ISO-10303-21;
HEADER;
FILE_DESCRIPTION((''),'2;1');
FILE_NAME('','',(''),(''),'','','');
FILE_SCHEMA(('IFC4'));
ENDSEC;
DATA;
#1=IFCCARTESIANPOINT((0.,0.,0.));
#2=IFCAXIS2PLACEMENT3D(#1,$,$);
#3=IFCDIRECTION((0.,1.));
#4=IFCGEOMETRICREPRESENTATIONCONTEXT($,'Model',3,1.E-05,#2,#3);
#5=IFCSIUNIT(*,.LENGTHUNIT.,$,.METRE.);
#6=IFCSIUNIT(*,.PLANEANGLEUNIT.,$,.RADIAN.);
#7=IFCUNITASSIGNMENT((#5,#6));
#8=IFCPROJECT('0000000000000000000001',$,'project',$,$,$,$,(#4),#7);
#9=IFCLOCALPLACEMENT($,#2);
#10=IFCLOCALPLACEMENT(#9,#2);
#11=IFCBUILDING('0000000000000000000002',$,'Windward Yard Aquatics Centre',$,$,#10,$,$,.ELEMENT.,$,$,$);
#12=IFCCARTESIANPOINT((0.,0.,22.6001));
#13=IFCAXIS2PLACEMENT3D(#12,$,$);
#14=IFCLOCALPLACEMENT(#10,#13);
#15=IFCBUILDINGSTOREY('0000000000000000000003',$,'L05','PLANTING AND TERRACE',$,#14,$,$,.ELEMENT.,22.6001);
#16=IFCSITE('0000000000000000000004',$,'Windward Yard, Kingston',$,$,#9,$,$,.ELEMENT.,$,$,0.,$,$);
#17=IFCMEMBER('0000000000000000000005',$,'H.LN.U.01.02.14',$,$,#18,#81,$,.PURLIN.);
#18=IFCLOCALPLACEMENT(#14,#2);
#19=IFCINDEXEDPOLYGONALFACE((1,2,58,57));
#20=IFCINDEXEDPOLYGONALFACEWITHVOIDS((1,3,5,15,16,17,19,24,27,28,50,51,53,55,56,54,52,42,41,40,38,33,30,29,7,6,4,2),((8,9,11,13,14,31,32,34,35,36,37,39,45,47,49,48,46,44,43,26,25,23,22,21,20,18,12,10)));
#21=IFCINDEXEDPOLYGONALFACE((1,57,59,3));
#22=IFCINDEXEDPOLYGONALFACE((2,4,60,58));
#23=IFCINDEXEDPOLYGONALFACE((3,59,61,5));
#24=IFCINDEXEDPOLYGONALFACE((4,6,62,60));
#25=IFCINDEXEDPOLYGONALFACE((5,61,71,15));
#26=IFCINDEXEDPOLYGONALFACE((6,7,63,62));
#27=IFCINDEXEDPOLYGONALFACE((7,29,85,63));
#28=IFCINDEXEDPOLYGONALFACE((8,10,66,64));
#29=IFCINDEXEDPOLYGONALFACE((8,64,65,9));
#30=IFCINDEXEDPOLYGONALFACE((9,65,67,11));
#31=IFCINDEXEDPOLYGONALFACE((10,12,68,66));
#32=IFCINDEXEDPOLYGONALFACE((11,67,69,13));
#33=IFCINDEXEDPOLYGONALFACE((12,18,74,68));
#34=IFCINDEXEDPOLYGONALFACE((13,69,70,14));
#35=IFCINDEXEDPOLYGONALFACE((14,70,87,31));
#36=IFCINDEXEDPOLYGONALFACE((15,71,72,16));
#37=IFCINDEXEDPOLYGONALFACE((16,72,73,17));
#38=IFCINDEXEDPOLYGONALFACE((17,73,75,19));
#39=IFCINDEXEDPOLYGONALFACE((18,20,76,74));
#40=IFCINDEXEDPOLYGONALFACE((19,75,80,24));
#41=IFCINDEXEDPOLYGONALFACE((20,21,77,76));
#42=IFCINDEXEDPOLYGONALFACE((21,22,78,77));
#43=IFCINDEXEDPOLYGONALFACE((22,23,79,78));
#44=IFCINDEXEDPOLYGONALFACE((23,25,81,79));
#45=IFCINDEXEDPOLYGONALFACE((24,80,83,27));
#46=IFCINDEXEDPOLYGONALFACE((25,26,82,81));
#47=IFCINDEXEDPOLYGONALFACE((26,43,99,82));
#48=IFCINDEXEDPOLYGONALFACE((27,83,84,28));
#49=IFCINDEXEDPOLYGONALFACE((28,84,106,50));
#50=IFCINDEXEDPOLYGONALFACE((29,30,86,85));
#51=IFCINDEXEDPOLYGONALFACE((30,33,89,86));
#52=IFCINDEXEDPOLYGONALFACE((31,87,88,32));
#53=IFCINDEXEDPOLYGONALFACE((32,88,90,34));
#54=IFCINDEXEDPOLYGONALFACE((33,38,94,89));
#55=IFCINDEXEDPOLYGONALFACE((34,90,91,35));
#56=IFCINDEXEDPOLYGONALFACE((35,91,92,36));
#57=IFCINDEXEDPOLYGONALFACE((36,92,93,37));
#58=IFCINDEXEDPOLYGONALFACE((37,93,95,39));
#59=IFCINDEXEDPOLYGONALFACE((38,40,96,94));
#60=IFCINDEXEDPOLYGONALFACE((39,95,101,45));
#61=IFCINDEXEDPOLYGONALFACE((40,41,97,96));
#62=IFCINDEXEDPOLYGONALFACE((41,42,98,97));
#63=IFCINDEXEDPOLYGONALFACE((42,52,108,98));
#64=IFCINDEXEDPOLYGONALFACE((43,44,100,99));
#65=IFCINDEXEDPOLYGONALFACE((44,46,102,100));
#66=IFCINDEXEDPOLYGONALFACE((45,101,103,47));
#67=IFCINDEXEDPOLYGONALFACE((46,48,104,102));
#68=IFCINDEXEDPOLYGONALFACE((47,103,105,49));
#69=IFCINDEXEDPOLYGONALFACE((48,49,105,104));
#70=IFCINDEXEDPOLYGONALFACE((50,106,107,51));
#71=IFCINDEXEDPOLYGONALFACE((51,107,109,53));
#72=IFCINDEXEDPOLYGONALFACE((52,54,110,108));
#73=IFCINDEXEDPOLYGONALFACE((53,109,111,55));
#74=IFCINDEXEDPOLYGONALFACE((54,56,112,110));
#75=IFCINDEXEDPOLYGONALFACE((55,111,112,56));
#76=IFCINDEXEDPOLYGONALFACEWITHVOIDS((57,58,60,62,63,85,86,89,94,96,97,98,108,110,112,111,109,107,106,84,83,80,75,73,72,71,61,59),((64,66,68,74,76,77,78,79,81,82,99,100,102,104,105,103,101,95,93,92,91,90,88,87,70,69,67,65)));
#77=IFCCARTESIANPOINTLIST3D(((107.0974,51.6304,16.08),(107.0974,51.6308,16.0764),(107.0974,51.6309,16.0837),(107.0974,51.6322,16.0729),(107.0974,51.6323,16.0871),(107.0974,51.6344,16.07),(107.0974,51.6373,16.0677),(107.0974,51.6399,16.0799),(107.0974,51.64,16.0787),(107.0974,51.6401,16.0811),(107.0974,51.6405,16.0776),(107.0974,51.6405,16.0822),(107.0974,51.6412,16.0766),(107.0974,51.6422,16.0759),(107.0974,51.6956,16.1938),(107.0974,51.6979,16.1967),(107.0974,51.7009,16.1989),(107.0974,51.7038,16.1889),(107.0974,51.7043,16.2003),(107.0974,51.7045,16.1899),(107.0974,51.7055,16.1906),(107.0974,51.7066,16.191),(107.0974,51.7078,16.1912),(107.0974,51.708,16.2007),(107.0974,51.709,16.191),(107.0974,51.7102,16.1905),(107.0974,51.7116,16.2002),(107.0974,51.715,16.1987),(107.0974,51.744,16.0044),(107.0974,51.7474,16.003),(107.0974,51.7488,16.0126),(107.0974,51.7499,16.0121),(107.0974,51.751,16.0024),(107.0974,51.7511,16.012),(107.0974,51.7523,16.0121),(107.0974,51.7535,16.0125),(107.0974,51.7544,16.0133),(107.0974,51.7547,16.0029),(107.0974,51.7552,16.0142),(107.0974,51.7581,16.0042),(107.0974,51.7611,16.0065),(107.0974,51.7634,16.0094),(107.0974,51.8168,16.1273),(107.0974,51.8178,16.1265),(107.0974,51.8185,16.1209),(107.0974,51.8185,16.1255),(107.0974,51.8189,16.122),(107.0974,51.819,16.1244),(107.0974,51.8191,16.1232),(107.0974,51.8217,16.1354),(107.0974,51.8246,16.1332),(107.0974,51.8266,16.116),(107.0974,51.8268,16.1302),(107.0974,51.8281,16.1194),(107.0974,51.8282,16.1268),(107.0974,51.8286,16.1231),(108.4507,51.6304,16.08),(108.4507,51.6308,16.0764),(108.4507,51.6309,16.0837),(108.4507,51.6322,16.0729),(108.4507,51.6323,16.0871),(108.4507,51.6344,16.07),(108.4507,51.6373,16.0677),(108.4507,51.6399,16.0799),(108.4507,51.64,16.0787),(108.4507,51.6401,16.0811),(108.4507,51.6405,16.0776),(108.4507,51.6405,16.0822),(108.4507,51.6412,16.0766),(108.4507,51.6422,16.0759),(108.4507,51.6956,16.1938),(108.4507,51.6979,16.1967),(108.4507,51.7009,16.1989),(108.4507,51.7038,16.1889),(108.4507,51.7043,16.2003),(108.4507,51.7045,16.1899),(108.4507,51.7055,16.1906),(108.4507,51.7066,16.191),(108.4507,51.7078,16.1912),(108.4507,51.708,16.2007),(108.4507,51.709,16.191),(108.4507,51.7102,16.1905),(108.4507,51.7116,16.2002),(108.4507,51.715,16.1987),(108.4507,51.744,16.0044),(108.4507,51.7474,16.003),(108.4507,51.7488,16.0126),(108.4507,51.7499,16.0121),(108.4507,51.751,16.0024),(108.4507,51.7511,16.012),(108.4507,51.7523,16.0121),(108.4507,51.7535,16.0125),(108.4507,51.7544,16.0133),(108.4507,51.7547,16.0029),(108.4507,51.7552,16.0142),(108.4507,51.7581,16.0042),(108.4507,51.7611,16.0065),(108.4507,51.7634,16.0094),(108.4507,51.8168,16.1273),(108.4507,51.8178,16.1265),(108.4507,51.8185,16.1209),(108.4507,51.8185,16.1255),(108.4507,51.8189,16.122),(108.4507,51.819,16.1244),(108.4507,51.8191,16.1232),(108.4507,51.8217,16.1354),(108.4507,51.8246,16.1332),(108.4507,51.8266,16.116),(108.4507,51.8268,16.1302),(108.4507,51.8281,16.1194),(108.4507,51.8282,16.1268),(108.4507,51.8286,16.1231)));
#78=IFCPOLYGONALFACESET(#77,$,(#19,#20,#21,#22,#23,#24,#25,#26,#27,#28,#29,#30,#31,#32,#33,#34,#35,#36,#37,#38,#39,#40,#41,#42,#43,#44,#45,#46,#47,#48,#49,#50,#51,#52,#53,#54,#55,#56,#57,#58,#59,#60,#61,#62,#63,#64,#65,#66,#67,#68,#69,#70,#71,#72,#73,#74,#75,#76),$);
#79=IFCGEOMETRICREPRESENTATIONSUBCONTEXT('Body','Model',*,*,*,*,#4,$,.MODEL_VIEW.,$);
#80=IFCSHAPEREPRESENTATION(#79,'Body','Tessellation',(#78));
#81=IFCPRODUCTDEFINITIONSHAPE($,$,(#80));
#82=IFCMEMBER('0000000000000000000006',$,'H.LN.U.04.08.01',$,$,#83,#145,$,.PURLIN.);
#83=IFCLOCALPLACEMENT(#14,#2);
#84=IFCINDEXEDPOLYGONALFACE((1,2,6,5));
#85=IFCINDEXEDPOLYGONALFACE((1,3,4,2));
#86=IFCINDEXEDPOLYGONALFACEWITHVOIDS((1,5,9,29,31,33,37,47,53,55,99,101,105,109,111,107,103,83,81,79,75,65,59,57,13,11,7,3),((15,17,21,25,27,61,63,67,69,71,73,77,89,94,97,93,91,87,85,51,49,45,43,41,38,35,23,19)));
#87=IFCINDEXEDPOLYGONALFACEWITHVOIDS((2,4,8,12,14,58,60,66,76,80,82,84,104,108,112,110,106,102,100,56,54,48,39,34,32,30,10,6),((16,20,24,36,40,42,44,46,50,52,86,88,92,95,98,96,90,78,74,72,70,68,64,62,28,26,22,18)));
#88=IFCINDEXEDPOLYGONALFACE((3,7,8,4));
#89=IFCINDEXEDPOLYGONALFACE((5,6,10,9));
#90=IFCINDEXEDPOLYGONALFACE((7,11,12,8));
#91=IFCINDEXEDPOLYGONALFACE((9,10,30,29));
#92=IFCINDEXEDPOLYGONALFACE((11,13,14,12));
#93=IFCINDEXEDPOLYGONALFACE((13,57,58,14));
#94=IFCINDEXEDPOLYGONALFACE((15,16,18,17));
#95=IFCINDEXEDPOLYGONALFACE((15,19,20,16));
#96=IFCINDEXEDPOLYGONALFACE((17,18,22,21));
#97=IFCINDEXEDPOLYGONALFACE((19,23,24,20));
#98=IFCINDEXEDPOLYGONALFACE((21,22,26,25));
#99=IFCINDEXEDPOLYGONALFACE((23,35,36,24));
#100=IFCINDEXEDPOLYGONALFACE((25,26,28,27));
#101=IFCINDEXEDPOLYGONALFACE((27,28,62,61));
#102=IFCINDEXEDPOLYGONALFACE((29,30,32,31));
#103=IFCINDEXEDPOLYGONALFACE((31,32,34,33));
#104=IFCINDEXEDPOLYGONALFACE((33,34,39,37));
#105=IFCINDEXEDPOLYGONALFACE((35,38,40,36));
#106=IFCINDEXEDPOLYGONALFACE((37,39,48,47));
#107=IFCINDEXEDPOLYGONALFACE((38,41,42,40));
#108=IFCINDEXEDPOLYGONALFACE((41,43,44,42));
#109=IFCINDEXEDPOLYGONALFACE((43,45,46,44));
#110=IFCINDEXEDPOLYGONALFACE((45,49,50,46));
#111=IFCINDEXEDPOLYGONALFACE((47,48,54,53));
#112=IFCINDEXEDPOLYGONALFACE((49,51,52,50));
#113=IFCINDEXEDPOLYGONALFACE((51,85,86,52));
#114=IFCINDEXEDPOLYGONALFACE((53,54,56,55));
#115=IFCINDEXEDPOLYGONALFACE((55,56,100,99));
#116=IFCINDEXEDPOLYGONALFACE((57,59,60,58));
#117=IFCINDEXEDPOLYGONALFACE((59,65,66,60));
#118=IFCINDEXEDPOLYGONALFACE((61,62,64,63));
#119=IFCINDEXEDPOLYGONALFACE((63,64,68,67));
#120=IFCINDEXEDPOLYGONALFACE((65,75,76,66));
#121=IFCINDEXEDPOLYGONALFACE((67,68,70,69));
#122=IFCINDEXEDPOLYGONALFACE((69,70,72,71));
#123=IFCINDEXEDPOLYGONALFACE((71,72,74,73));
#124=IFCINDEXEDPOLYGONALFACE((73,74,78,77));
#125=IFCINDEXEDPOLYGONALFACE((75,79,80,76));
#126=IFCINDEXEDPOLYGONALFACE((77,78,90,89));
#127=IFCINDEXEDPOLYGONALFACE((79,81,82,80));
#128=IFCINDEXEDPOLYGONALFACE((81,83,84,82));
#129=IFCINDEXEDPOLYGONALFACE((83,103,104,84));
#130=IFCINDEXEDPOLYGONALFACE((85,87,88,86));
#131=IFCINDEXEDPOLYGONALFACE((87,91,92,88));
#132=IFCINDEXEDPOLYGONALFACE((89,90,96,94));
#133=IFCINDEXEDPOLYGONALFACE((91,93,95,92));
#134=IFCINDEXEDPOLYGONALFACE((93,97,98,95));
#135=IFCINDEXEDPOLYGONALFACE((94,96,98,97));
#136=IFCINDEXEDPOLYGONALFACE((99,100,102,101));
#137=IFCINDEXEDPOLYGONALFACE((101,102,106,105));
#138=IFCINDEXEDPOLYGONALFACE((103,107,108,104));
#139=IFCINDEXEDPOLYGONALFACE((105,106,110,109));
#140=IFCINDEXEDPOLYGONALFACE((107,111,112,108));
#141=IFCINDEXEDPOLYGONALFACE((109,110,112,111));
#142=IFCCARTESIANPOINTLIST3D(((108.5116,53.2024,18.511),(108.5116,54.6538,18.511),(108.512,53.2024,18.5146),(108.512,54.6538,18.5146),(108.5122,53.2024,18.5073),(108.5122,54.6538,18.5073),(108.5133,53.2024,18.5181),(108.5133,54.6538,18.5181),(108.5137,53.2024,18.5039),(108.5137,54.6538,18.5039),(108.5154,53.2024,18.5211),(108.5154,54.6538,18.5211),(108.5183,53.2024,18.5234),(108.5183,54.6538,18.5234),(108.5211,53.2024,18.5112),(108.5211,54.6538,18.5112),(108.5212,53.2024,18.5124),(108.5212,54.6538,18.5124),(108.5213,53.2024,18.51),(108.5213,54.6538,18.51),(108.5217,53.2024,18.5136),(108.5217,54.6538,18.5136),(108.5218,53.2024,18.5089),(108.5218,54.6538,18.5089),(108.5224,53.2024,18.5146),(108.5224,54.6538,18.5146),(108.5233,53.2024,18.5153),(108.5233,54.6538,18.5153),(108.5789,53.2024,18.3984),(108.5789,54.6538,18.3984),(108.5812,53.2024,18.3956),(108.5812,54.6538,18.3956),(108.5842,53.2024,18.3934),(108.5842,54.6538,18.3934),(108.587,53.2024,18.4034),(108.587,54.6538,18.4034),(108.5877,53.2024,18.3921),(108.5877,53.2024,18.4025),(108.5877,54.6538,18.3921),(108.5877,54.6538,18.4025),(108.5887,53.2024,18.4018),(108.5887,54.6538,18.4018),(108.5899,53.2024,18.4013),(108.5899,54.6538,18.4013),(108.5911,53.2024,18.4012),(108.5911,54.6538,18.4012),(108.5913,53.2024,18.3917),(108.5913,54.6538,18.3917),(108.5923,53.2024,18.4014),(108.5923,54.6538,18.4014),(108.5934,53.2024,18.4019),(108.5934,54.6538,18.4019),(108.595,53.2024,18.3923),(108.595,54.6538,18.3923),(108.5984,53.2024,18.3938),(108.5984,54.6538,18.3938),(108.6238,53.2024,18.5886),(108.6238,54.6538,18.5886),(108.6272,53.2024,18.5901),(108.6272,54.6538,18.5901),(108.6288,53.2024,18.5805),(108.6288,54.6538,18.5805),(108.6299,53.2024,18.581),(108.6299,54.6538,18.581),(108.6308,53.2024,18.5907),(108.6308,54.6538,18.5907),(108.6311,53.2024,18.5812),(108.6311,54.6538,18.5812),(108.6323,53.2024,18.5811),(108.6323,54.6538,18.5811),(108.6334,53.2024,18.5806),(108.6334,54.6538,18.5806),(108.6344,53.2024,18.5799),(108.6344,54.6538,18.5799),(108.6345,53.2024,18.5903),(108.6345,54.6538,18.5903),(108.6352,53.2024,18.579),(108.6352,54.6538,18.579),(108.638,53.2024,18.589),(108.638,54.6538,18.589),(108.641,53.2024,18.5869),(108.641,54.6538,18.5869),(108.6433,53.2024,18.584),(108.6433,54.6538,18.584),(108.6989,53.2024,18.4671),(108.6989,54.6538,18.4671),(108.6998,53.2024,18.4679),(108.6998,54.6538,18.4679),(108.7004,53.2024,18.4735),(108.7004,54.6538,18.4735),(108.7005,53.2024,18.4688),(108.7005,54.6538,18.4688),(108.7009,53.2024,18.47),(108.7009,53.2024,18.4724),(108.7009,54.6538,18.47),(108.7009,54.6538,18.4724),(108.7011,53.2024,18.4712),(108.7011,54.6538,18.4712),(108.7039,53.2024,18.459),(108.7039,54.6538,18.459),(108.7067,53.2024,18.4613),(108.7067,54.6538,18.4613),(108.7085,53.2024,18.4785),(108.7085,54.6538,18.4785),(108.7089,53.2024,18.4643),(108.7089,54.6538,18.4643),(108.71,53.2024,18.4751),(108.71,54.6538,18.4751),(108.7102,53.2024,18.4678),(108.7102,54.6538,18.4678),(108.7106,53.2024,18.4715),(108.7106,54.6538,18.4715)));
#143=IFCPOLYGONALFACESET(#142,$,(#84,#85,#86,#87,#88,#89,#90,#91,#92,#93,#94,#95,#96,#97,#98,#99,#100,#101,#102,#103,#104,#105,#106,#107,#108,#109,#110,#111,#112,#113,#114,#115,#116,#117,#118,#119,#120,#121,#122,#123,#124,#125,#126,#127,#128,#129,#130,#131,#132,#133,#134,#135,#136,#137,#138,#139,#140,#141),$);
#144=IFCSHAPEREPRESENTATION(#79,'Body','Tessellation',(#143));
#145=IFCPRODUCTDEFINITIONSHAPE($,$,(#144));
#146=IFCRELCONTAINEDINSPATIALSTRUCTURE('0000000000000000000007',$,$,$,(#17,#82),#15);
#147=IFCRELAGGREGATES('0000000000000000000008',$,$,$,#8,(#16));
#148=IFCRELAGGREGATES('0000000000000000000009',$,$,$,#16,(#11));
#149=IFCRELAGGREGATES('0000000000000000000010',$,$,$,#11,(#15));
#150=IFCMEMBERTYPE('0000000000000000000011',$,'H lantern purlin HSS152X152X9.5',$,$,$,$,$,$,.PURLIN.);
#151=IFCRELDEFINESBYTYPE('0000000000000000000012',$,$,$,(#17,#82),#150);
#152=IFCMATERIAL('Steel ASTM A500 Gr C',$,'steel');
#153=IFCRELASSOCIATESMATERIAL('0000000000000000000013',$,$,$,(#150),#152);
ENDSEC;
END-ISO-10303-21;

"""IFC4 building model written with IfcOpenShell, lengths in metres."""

from ifc_helpers import new_model, si_unit, direction, frame, origin, origin_2d, place, context, subcontext, project, spatial, hollow_rectangle, extrude, material, material_profile, profile_set, type_object, element, save


model = new_model("IFC4")

# Units and contexts
model_context = context("Model", 3, precision=1e-05, world=origin(), true_north=direction((0.0, 1.0)))
body_context = subcontext(model_context, "Body", "Model", "MODEL_VIEW")
ifc_project = project(units=[si_unit("LENGTHUNIT", "METRE"), si_unit("PLANEANGLEUNIT", "RADIAN")], contexts=[model_context])

# Site, building, storey
site_placement = place(None, origin())
site = spatial("IfcSite", under=ifc_project, at=site_placement, Name="Windward Yard, Kingston", CompositionType="ELEMENT", RefElevation=0.0)
building_placement = place(site_placement, origin())
building = spatial("IfcBuilding", under=site, at=building_placement, Name="Windward Yard Aquatics Centre", CompositionType="ELEMENT")
storey_placement = place(building_placement, frame((0.0, 0.0, 22.6001)))
storey = spatial("IfcBuildingStorey", under=building, at=storey_placement, Name="L05", Description="PLANTING AND TERRACE", CompositionType="ELEMENT", Elevation=22.6001)

# Members
ifc_material_1 = material(Name="Steel ASTM A500 Gr C", Category="steel")
ifc_material_profile_1 = material_profile(ifc_material_1, hollow_rectangle(XDim=0.1523, YDim=0.1523, WallThickness=0.0095, InnerFilletRadius=0.0046, OuterFilletRadius=0.0142, at=origin_2d()), Name="HSS152X152X9.5")
ifc_profile_set_1 = profile_set([ifc_material_profile_1], Name="Steel ASTM A500 Gr C")
member_type_1 = type_object("IfcMemberType", Name="H lantern purlin HSS152X152X9.5", PredefinedType="PURLIN", material=ifc_profile_set_1)
for number, where, z_axis, x_axis, name in (
    (1, (108.4507, 51.7295, 16.1016), (-1.0, 0.0, 0.0), (0.0, -0.51012, -0.860103), "H.LN.U.01.02.14"),
):
    element("IfcMember", number, at=place(storey_placement, frame(where, z_axis=z_axis, x_axis=x_axis)), inside=storey, type_object=member_type_1, Name=name, PredefinedType="PURLIN", context=body_context, shape_type="SweptSolid", body=[
        extrude(hollow_rectangle(XDim=0.1523, YDim=0.1523, WallThickness=0.0095, InnerFilletRadius=0.0046, OuterFilletRadius=0.0142, at=origin_2d()), origin(), (0.0, 0.0, 1.0), 1.3533),
    ])
member_1_placement = place(storey_placement, frame((108.6111, 53.2024, 18.4912), z_axis=(0.0, 1.0, 0.0), x_axis=(-0.850755, 0.0, -0.525562)))
element("IfcMember", 2, at=member_1_placement, inside=storey, type_object=member_type_1, Name="H.LN.U.04.08.01", PredefinedType="PURLIN", context=body_context, shape_type="SweptSolid", body=[
    extrude(hollow_rectangle(XDim=0.1523, YDim=0.1523, WallThickness=0.0095, InnerFilletRadius=0.0046, OuterFilletRadius=0.0142, at=origin_2d()), origin(), (0.0, 0.0, 1.0), 1.4514),
])

save(model, "model.ifc")
